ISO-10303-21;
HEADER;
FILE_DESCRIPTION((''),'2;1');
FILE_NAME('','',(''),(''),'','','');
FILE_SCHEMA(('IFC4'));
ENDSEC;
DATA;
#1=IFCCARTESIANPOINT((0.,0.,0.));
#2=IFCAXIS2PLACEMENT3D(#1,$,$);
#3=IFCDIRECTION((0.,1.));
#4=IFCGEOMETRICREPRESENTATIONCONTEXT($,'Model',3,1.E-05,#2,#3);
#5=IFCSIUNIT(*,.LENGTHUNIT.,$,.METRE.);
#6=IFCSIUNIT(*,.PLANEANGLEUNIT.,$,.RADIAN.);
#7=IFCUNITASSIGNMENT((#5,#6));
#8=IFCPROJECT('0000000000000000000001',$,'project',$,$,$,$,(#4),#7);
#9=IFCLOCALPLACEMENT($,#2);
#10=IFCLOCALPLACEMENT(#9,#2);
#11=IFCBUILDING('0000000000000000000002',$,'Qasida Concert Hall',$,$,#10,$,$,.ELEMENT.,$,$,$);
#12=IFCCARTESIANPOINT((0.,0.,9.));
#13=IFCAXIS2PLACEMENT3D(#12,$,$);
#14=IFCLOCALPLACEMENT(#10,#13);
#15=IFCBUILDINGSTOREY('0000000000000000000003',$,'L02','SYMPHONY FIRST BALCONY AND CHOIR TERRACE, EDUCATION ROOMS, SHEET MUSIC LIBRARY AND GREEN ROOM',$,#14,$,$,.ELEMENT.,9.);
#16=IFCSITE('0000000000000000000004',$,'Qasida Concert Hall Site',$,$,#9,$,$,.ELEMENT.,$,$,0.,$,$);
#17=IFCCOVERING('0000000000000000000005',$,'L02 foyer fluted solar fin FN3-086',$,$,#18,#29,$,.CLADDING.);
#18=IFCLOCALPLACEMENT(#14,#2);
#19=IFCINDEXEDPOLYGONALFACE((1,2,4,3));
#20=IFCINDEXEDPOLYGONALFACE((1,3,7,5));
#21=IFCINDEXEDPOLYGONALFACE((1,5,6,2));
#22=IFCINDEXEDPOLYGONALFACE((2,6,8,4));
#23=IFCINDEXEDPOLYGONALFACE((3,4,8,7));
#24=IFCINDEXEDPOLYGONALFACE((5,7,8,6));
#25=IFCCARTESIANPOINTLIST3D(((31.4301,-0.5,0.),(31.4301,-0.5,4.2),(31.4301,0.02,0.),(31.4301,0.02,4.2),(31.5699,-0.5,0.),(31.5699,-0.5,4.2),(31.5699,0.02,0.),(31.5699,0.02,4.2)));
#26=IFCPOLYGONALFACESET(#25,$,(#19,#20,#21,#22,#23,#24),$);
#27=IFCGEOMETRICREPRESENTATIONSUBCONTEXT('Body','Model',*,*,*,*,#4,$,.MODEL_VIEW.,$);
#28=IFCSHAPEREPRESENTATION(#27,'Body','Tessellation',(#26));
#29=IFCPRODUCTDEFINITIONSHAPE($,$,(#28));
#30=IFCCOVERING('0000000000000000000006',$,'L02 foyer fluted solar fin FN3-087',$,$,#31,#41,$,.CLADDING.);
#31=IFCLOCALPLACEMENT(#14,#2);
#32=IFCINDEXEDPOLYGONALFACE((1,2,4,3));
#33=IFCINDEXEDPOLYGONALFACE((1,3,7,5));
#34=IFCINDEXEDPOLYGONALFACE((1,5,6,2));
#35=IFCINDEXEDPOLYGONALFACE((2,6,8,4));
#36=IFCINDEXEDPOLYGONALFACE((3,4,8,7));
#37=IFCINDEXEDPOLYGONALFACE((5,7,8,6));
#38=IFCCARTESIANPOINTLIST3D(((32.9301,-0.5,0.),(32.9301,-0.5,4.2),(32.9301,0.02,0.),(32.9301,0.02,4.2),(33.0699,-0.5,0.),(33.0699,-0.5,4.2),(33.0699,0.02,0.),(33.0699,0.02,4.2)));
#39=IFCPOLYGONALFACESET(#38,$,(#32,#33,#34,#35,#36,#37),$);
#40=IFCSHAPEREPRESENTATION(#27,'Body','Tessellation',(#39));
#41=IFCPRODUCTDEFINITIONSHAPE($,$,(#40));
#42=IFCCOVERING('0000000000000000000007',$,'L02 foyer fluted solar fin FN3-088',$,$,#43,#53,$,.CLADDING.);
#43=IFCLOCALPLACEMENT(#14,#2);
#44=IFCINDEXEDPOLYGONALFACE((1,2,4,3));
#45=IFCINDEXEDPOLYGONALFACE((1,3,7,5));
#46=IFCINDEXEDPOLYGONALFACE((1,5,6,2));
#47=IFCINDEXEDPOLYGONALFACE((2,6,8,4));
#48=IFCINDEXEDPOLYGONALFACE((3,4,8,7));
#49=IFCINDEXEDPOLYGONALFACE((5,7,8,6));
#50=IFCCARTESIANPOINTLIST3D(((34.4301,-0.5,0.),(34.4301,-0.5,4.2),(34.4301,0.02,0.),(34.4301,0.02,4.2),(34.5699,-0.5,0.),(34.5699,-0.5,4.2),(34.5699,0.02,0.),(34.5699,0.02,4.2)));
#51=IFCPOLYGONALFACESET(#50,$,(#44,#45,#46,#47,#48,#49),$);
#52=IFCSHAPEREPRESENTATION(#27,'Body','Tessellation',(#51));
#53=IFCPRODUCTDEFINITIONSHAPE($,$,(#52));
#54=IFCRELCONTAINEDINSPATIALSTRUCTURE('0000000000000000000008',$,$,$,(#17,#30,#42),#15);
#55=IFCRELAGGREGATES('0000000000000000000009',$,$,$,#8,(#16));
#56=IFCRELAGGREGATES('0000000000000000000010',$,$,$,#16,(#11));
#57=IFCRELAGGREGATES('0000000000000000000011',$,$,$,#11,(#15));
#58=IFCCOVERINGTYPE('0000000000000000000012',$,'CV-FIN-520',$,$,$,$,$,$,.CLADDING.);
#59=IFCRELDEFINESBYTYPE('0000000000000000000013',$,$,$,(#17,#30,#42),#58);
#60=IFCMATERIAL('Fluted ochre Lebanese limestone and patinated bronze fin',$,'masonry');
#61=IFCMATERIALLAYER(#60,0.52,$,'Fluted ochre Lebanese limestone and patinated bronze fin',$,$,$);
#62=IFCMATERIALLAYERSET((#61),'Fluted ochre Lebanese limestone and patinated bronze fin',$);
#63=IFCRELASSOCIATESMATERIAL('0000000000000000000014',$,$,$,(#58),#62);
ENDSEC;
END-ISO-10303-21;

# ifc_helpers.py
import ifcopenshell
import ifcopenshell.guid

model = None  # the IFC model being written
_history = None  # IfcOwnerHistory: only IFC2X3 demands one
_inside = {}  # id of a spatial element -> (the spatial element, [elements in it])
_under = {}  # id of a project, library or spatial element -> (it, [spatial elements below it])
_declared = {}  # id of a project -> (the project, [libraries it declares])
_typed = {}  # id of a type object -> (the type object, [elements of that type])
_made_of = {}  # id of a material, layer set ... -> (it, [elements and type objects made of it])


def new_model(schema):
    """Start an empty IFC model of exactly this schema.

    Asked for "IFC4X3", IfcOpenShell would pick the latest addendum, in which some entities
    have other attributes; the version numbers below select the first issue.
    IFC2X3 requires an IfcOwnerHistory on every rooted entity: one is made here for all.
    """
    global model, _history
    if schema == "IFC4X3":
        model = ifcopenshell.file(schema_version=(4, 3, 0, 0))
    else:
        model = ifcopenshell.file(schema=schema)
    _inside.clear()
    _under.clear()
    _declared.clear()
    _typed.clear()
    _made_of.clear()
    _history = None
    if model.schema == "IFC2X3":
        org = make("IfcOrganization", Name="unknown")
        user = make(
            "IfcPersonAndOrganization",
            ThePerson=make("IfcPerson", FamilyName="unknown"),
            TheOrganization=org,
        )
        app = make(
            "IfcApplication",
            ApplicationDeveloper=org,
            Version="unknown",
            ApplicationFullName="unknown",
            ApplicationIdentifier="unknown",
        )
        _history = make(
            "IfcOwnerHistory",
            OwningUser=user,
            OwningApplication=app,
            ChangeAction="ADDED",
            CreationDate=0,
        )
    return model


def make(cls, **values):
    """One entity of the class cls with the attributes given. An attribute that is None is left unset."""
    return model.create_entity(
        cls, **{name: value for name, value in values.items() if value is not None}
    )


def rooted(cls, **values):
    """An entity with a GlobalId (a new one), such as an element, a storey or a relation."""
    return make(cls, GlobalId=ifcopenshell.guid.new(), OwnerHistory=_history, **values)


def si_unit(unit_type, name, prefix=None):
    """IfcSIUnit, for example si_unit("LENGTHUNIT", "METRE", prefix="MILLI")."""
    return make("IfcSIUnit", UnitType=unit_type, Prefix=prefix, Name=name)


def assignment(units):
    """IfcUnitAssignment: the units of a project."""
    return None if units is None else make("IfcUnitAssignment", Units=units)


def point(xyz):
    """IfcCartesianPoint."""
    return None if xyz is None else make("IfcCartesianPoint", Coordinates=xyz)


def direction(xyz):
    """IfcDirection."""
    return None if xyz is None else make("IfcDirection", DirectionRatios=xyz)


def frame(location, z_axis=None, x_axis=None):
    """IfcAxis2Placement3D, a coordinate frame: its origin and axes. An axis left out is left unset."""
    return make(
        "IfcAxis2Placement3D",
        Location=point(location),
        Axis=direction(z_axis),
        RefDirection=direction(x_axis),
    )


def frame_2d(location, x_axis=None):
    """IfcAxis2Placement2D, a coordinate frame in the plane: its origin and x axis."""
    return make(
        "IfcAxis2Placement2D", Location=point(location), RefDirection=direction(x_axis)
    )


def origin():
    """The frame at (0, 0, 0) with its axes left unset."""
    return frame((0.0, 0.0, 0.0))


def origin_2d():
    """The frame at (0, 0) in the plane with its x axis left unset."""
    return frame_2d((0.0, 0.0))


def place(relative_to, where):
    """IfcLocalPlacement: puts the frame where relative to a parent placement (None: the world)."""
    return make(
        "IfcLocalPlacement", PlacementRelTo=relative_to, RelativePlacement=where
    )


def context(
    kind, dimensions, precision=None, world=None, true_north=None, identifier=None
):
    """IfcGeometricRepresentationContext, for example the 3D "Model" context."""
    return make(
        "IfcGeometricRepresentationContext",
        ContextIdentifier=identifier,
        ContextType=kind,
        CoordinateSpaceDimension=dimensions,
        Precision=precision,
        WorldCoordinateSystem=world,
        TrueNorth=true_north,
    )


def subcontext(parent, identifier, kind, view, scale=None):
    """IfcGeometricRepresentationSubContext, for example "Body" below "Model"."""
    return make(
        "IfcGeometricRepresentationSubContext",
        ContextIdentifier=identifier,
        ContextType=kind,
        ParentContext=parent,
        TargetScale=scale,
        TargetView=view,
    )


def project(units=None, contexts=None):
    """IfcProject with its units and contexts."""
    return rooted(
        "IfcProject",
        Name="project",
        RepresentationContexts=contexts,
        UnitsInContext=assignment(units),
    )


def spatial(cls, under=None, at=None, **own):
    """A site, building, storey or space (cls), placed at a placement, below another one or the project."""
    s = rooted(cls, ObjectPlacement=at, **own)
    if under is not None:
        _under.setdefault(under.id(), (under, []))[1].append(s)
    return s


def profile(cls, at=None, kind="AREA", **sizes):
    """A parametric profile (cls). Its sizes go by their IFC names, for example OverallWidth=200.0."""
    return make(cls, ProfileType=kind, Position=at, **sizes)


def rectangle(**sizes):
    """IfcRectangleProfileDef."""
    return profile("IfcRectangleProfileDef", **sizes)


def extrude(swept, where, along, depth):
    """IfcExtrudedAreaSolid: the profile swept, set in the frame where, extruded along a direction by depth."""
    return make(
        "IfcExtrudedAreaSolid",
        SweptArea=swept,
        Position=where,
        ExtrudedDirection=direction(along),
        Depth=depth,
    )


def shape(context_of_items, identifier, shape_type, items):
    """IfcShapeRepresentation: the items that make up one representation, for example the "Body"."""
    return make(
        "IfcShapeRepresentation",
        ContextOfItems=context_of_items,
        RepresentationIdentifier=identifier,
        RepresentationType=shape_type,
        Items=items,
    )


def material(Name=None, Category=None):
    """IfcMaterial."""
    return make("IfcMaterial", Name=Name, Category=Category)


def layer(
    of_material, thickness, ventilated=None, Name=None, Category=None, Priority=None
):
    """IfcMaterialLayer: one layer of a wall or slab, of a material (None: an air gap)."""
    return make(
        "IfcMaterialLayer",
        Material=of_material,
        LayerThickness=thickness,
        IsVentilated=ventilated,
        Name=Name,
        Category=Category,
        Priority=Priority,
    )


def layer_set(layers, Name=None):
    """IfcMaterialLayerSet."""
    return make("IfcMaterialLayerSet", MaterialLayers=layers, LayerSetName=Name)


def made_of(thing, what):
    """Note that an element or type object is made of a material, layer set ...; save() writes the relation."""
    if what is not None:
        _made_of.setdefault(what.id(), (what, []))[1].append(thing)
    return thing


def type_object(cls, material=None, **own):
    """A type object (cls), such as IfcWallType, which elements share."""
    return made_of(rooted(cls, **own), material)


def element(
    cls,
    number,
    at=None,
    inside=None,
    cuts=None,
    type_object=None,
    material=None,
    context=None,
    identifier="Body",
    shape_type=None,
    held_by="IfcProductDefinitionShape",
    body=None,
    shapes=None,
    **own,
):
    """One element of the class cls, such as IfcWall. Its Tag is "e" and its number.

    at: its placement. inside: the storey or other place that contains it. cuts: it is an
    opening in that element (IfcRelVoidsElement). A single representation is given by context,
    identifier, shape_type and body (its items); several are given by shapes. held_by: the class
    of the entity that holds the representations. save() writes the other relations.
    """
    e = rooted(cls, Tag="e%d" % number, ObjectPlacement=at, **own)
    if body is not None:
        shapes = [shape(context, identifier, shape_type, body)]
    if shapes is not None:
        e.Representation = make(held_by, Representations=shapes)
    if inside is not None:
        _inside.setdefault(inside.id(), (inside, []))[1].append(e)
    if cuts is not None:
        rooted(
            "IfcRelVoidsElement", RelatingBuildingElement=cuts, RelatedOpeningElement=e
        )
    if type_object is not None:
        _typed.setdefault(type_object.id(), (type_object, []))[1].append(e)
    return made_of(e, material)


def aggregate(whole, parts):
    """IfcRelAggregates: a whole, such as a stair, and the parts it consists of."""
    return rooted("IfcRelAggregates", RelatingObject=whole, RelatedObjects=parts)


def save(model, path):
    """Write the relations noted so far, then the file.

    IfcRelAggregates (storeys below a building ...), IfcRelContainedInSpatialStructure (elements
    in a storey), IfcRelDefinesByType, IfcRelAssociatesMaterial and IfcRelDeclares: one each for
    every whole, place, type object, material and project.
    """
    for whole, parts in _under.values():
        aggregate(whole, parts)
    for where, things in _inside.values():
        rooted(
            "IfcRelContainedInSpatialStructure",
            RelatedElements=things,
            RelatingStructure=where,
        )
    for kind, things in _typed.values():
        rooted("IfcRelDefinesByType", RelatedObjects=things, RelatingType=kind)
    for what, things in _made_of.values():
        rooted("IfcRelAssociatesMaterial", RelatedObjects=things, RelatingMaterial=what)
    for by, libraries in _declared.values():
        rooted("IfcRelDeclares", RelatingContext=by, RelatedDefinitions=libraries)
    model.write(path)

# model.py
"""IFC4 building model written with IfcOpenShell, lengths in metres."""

from ifc_helpers import new_model, si_unit, direction, frame, origin, origin_2d, place, context, subcontext, project, spatial, rectangle, extrude, material, layer, layer_set, type_object, element, save


model = new_model("IFC4")

# Units and contexts
model_context = context("Model", 3, precision=1e-05, world=origin(), true_north=direction((0.0, 1.0)))
body_context = subcontext(model_context, "Body", "Model", "MODEL_VIEW")
ifc_project = project(units=[si_unit("LENGTHUNIT", "METRE"), si_unit("PLANEANGLEUNIT", "RADIAN")], contexts=[model_context])

# Site, building, storey
site_placement = place(None, origin())
site = spatial("IfcSite", under=ifc_project, at=site_placement, Name="Qasida Concert Hall Site", CompositionType="ELEMENT", RefElevation=0.0)
building_placement = place(site_placement, origin())
building = spatial("IfcBuilding", under=site, at=building_placement, Name="Qasida Concert Hall", CompositionType="ELEMENT")
storey_placement = place(building_placement, frame((0.0, 0.0, 9.0)))
storey = spatial("IfcBuildingStorey", under=building, at=storey_placement, Name="L02", Description="SYMPHONY FIRST BALCONY AND CHOIR TERRACE, EDUCATION ROOMS, SHEET MUSIC LIBRARY AND GREEN ROOM", CompositionType="ELEMENT", Elevation=9.0)

# Coverings
ifc_material_1 = material(Name="Fluted ochre Lebanese limestone and patinated bronze fin", Category="masonry")
ifc_layer_1 = layer(ifc_material_1, 0.52, Name="Fluted ochre Lebanese limestone and patinated bronze fin")
ifc_layer_set_1 = layer_set([ifc_layer_1], Name="Fluted ochre Lebanese limestone and patinated bronze fin")
covering_type = type_object("IfcCoveringType", Name="CV-FIN-520", PredefinedType="CLADDING", material=ifc_layer_set_1)
for number, where, z_axis, x_axis, name in (
    (1, (31.5, -0.24, 0.0), (0.0, 0.0, 1.0), (1.0, 0.0, 0.0), "L02 foyer fluted solar fin FN3-086"),
    (2, (33.0, -0.24, 0.0), (0.0, 0.0, 1.0), (1.0, 0.0, 0.0), "L02 foyer fluted solar fin FN3-087"),
    (3, (34.5, -0.24, 0.0), (0.0, 0.0, 1.0), (1.0, 0.0, 0.0), "L02 foyer fluted solar fin FN3-088"),
):
    element("IfcCovering", number, at=place(storey_placement, frame(where, z_axis=z_axis, x_axis=x_axis)), inside=storey, type_object=covering_type, Name=name, PredefinedType="CLADDING", context=body_context, shape_type="SweptSolid", body=[
        extrude(rectangle(XDim=0.1399, YDim=0.52, at=origin_2d()), origin(), (0.0, 0.0, 1.0), 4.2),
    ])

save(model, "model.ifc")
